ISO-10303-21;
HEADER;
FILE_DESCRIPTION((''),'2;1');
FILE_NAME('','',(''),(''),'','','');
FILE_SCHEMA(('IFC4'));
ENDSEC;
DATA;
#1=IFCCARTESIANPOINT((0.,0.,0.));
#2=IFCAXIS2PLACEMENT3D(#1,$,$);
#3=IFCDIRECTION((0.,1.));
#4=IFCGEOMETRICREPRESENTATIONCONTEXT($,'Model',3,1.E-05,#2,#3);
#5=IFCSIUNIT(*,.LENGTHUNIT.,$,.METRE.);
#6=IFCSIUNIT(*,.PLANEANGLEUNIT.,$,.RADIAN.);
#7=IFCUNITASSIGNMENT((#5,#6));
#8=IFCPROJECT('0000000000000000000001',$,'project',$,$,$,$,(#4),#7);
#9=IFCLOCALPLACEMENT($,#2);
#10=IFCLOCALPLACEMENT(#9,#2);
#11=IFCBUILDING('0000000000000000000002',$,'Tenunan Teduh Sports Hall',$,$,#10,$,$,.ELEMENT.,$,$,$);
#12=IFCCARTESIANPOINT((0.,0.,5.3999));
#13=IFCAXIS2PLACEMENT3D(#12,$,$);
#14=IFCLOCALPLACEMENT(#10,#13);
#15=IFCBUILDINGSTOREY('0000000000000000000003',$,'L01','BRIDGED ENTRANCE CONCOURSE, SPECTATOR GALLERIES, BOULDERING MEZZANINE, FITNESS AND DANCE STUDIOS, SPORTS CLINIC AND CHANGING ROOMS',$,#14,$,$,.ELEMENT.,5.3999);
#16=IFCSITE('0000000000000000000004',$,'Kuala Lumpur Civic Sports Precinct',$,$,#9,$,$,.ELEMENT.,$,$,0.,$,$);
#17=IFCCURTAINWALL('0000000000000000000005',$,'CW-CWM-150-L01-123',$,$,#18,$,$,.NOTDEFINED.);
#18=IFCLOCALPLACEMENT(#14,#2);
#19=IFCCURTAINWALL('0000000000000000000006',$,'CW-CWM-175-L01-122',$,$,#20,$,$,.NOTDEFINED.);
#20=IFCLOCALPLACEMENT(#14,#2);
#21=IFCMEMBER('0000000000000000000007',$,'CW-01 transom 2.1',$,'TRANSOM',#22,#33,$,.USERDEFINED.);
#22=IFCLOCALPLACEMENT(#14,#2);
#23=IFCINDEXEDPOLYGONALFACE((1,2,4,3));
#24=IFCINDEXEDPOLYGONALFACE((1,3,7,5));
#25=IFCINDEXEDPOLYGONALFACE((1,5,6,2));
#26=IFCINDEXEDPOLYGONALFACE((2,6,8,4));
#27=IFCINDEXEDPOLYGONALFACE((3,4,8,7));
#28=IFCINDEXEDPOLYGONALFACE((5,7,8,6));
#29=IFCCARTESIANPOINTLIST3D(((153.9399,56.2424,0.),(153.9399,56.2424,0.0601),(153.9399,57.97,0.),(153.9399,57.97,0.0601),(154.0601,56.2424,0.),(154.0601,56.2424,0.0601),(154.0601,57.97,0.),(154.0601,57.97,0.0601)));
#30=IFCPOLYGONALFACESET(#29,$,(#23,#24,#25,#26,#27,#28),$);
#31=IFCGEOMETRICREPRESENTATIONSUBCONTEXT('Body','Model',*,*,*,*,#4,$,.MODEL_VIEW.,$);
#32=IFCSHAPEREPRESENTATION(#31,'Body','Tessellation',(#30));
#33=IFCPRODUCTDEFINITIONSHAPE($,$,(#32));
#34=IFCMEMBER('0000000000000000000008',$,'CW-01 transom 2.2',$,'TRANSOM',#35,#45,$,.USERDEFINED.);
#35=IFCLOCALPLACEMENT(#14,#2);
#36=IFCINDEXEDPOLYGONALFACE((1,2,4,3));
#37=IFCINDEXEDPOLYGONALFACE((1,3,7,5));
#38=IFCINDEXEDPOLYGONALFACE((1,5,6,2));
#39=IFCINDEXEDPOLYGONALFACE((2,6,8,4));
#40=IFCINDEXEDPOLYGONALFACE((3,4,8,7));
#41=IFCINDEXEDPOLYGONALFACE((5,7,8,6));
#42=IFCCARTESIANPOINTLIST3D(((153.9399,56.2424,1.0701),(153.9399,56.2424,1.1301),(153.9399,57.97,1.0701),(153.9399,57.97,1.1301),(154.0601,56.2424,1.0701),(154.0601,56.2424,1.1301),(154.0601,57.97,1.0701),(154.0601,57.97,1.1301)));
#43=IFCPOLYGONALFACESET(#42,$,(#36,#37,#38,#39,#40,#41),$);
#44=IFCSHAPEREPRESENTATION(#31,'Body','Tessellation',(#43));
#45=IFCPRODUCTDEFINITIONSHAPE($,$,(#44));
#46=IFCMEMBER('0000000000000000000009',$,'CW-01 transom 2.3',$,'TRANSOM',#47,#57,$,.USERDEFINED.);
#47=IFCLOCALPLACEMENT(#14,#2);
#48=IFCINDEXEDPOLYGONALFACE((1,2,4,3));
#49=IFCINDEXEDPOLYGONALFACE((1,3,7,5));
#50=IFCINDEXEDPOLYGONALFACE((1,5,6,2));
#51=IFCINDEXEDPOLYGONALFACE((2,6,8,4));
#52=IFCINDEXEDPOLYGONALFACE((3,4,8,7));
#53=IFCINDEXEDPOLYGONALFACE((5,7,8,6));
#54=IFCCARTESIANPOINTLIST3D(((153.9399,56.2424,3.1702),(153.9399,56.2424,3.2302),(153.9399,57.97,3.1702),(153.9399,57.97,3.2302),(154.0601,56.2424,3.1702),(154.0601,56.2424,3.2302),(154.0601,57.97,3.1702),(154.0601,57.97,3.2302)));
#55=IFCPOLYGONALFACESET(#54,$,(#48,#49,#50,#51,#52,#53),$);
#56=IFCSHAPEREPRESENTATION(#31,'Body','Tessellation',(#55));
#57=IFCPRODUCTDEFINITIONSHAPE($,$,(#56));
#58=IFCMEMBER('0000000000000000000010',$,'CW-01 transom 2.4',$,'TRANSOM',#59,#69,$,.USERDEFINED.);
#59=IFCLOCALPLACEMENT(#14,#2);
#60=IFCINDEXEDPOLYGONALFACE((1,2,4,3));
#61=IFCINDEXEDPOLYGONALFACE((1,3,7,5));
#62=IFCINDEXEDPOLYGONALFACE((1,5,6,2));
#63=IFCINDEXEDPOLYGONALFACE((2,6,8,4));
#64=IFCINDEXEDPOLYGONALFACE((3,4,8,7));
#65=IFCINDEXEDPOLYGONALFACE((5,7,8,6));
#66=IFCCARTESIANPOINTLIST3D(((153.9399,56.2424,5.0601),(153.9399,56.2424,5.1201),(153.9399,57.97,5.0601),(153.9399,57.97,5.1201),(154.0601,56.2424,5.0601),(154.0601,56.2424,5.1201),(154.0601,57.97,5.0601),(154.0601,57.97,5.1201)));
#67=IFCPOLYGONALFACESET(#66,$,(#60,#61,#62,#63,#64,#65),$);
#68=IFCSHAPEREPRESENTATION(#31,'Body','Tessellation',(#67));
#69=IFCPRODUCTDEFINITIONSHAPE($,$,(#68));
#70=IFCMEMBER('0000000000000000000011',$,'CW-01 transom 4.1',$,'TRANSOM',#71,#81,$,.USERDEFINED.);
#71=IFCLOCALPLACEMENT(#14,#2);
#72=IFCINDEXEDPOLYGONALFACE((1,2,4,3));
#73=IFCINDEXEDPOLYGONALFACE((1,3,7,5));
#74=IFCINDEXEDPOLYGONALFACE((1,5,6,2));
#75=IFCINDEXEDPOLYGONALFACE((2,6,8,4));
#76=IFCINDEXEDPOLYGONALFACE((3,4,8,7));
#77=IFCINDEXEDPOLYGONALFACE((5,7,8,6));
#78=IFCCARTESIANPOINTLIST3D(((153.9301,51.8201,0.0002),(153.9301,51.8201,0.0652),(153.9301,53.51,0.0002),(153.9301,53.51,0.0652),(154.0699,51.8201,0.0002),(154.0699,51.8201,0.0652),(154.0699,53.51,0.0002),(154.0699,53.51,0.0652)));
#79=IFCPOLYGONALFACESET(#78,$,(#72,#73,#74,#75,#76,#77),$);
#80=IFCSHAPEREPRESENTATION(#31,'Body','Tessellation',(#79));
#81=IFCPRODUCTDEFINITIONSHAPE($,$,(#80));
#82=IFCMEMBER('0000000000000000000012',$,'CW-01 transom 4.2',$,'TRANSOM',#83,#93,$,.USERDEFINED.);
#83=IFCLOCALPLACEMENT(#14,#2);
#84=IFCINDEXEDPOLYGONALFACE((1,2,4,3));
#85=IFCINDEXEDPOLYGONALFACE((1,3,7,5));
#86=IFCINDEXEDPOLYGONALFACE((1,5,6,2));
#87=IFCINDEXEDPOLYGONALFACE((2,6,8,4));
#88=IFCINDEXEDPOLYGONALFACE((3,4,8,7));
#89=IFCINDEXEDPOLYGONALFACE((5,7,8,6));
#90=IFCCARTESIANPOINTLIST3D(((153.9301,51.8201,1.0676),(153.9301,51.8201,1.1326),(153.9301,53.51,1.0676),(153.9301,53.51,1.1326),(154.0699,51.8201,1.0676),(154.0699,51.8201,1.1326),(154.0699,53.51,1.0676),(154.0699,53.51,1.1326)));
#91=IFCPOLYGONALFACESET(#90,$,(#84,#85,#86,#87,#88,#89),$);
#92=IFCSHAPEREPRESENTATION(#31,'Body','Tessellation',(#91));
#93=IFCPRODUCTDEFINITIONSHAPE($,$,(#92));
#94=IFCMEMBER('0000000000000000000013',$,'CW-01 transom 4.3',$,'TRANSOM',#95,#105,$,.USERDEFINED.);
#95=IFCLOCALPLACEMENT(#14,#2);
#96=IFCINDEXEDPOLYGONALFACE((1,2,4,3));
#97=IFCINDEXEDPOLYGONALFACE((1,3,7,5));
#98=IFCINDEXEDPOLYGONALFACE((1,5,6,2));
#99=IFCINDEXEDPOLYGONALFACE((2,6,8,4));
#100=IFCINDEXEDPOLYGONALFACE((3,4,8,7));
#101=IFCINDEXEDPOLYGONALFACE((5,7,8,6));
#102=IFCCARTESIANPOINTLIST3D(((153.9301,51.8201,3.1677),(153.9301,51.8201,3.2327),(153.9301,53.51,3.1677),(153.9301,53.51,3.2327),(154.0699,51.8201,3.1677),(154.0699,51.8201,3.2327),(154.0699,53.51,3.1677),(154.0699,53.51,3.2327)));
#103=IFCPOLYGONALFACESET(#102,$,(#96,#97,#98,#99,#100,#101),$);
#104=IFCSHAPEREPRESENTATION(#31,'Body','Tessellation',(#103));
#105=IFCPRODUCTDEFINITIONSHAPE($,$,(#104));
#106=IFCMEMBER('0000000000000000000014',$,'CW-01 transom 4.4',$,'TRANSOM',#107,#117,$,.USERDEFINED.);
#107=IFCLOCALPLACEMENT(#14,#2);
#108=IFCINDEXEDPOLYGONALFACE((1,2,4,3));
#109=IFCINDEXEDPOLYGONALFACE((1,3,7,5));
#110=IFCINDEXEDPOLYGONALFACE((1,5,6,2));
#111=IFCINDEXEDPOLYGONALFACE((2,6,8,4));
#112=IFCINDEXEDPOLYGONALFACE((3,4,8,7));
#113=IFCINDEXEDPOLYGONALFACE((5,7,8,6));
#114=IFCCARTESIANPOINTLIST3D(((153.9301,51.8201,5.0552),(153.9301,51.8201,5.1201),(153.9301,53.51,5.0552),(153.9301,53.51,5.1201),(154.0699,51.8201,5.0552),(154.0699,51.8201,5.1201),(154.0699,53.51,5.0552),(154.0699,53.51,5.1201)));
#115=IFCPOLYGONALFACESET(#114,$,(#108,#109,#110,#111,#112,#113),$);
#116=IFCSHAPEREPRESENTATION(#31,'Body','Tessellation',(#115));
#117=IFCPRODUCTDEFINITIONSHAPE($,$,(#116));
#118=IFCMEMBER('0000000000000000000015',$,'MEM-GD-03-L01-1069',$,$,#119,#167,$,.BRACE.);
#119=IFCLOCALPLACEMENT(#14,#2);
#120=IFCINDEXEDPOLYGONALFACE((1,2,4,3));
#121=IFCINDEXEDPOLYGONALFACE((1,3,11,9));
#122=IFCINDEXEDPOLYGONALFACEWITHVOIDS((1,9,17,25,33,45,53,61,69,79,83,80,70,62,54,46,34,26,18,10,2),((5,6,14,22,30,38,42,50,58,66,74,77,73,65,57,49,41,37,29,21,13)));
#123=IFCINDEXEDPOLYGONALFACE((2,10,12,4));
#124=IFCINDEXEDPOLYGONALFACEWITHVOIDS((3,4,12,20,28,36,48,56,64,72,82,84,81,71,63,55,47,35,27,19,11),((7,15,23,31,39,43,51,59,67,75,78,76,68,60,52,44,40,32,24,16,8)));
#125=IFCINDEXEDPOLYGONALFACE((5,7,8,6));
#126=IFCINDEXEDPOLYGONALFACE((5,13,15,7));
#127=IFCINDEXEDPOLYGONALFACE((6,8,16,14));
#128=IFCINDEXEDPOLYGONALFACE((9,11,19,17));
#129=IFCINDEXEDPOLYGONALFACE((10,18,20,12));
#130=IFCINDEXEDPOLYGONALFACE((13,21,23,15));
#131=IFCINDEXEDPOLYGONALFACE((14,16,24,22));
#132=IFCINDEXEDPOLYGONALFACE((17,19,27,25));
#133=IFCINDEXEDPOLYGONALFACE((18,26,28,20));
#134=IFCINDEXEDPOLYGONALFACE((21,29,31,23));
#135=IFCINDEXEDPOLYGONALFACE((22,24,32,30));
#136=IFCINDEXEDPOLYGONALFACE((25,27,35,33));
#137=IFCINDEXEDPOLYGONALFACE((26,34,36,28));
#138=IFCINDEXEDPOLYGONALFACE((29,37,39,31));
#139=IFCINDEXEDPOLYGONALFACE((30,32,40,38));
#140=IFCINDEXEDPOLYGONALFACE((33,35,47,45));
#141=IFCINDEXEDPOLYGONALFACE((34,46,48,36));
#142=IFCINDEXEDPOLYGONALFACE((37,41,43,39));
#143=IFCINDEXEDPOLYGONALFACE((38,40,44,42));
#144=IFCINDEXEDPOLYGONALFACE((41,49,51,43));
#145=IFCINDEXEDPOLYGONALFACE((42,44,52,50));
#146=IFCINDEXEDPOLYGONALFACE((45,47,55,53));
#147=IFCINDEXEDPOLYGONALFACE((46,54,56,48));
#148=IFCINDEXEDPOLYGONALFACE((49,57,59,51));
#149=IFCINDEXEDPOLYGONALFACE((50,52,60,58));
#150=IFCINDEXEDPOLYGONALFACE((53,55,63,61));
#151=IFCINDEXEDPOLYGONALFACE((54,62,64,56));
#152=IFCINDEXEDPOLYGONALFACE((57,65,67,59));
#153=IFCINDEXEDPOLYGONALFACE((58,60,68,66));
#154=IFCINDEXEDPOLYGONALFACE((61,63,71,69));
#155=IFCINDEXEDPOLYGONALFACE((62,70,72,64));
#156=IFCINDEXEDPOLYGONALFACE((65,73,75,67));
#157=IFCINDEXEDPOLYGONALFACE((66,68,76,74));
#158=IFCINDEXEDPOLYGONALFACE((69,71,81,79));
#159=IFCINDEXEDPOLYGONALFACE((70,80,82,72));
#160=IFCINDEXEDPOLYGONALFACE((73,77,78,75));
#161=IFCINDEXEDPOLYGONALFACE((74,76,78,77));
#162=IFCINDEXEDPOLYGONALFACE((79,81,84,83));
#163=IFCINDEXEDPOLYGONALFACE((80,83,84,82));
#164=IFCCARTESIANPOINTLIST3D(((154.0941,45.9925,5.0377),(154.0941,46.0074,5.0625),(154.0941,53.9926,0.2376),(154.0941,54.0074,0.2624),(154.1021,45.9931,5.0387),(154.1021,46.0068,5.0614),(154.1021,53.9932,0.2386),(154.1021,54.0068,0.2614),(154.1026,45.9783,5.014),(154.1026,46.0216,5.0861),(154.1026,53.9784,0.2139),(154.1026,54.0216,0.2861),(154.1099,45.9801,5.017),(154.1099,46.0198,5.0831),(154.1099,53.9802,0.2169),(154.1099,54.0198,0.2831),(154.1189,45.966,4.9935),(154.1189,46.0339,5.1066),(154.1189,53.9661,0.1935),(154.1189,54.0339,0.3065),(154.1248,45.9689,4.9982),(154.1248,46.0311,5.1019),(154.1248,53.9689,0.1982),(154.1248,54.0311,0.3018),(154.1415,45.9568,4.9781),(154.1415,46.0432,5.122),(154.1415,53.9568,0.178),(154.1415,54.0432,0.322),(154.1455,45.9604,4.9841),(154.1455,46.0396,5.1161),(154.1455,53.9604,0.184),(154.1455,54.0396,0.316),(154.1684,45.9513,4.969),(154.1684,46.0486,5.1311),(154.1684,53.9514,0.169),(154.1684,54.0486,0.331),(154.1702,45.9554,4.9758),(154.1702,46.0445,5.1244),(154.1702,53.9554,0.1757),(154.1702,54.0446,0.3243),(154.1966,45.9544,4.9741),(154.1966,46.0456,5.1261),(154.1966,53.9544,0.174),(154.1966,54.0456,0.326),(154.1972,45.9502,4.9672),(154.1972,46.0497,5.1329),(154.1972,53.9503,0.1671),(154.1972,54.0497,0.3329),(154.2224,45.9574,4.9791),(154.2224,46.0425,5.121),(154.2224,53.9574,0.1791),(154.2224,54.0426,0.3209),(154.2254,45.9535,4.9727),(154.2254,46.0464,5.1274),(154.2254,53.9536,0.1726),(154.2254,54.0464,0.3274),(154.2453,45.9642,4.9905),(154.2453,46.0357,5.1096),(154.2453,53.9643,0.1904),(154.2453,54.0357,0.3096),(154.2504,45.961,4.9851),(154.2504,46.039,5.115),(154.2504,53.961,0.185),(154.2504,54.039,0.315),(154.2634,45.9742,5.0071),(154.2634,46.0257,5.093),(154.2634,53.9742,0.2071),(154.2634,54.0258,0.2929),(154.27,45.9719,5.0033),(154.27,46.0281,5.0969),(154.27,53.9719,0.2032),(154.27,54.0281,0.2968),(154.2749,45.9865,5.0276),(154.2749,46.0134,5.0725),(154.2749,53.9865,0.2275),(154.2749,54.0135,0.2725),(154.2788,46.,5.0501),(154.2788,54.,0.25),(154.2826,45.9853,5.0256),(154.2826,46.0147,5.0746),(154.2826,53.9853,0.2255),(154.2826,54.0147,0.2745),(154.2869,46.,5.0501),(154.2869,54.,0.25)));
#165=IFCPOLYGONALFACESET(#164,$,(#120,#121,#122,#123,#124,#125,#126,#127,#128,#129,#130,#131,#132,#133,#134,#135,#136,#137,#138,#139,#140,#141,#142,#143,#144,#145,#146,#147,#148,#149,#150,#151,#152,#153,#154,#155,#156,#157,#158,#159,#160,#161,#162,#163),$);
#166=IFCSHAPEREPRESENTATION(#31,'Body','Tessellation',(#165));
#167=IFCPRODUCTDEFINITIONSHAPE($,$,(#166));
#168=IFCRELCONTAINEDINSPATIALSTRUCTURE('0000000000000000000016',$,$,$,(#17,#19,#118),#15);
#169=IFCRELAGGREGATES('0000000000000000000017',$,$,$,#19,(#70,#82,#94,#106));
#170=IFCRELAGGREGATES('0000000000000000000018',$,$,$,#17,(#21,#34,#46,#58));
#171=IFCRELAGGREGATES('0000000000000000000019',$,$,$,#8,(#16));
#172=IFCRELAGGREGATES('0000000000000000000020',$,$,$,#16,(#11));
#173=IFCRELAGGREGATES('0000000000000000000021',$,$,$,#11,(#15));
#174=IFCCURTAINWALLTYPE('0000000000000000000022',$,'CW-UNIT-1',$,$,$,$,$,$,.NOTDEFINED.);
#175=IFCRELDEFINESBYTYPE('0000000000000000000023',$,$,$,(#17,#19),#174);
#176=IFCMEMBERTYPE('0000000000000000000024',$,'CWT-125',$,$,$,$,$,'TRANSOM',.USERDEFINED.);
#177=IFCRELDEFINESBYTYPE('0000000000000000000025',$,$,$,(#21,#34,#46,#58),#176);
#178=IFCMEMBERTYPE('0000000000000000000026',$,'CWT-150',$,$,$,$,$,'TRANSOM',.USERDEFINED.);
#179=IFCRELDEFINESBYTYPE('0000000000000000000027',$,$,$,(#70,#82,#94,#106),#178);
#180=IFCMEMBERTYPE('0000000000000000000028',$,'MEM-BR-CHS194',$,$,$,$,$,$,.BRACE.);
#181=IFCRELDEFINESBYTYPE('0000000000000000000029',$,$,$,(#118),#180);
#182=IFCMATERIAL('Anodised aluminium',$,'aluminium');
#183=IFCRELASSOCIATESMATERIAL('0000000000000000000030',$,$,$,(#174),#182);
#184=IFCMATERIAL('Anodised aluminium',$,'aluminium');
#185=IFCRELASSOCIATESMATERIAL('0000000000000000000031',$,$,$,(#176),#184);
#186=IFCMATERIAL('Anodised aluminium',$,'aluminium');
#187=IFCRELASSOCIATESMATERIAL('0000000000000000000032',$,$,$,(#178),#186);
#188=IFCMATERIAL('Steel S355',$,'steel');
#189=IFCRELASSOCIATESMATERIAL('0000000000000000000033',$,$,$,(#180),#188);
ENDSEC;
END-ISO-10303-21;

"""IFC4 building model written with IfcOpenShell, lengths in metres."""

from ifc_helpers import new_model, si_unit, direction, frame, origin, origin_2d, place, context, subcontext, project, spatial, rectangle, hollow_circle, extrude, material, material_profile, profile_set, type_object, element, aggregate, save


model = new_model("IFC4")

# Units and contexts
model_context = context("Model", 3, precision=1e-05, world=origin(), true_north=direction((0.0, 1.0)))
body_context = subcontext(model_context, "Body", "Model", "MODEL_VIEW")
ifc_project = project(units=[si_unit("LENGTHUNIT", "METRE"), si_unit("PLANEANGLEUNIT", "RADIAN")], contexts=[model_context])

# Site, building, storey
site_placement = place(None, origin())
site = spatial("IfcSite", under=ifc_project, at=site_placement, Name="Kuala Lumpur Civic Sports Precinct", CompositionType="ELEMENT", RefElevation=0.0)
building_placement = place(site_placement, origin())
building = spatial("IfcBuilding", under=site, at=building_placement, Name="Tenunan Teduh Sports Hall", CompositionType="ELEMENT")
storey_placement = place(building_placement, frame((0.0, 0.0, 5.3999)))
storey = spatial("IfcBuildingStorey", under=building, at=storey_placement, Name="L01", Description="BRIDGED ENTRANCE CONCOURSE, SPECTATOR GALLERIES, BOULDERING MEZZANINE, FITNESS AND DANCE STUDIOS, SPORTS CLINIC AND CHANGING ROOMS", CompositionType="ELEMENT", Elevation=5.3999)

# Curtain walls
ifc_material_1 = material(Name="Anodised aluminium", Category="aluminium")
curtain_wall_type = type_object("IfcCurtainWallType", Name="CW-UNIT-1", PredefinedType="NOTDEFINED", material=ifc_material_1)
curtain_wall_1_placement = place(storey_placement, origin())
curtain_wall_1 = element("IfcCurtainWall", 1, at=curtain_wall_1_placement, inside=storey, type_object=curtain_wall_type, Name="CW-CWM-150-L01-123", PredefinedType="NOTDEFINED")
curtain_wall_2_placement = place(storey_placement, origin())
curtain_wall_2 = element("IfcCurtainWall", 2, at=curtain_wall_2_placement, inside=storey, type_object=curtain_wall_type, Name="CW-CWM-175-L01-122", PredefinedType="NOTDEFINED")

# Members
ifc_material_2 = material(Name="Anodised aluminium", Category="aluminium")
ifc_material_profile_1 = material_profile(ifc_material_2, rectangle(XDim=0.0601, YDim=0.1201, at=origin_2d()), Name="CWT 60x120")
ifc_profile_set_1 = profile_set([ifc_material_profile_1], Name="Anodised aluminium")
member_type_1 = type_object("IfcMemberType", Name="CWT-125", ElementType="TRANSOM", PredefinedType="USERDEFINED", material=ifc_profile_set_1)
member_1_placement = place(storey_placement, frame((154.0, 56.2424, 0.03), z_axis=(0.0, 1.0, 0.0), x_axis=(0.0, 0.0, 1.0)))
member_1 = element("IfcMember", 3, at=member_1_placement, type_object=member_type_1, Name="CW-01 transom 2.1", ObjectType="TRANSOM", PredefinedType="USERDEFINED", context=body_context, shape_type="SweptSolid", body=[
    extrude(rectangle(XDim=0.0601, YDim=0.1201, at=origin_2d()), origin(), (0.0, 0.0, 1.0), 1.7275),
])
member_2_placement = place(storey_placement, frame((154.0, 56.2424, 1.1001), z_axis=(0.0, 1.0, 0.0), x_axis=(0.0, 0.0, 1.0)))
member_2 = element("IfcMember", 4, at=member_2_placement, type_object=member_type_1, Name="CW-01 transom 2.2", ObjectType="TRANSOM", PredefinedType="USERDEFINED", context=body_context, shape_type="SweptSolid", body=[
    extrude(rectangle(XDim=0.0601, YDim=0.1201, at=origin_2d()), origin(), (0.0, 0.0, 1.0), 1.7275),
])
member_3_placement = place(storey_placement, frame((154.0, 56.2424, 3.2002), z_axis=(0.0, 1.0, 0.0), x_axis=(0.0, 0.0, 1.0)))
member_3 = element("IfcMember", 5, at=member_3_placement, type_object=member_type_1, Name="CW-01 transom 2.3", ObjectType="TRANSOM", PredefinedType="USERDEFINED", context=body_context, shape_type="SweptSolid", body=[
    extrude(rectangle(XDim=0.0601, YDim=0.1201, at=origin_2d()), origin(), (0.0, 0.0, 1.0), 1.7275),
])
member_4_placement = place(storey_placement, frame((154.0, 56.2424, 5.0901), z_axis=(0.0, 1.0, 0.0), x_axis=(0.0, 0.0, 1.0)))
member_4 = element("IfcMember", 6, at=member_4_placement, type_object=member_type_1, Name="CW-01 transom 2.4", ObjectType="TRANSOM", PredefinedType="USERDEFINED", context=body_context, shape_type="SweptSolid", body=[
    extrude(rectangle(XDim=0.0601, YDim=0.1201, at=origin_2d()), origin(), (0.0, 0.0, 1.0), 1.7275),
])
ifc_material_3 = material(Name="Anodised aluminium", Category="aluminium")
ifc_material_profile_2 = material_profile(ifc_material_3, rectangle(XDim=0.0649, YDim=0.1399, at=origin_2d()), Name="CWT 65x140")
ifc_profile_set_2 = profile_set([ifc_material_profile_2], Name="Anodised aluminium")
member_type_2 = type_object("IfcMemberType", Name="CWT-150", ElementType="TRANSOM", PredefinedType="USERDEFINED", material=ifc_profile_set_2)
member_5_placement = place(storey_placement, frame((154.0, 51.8201, 0.0327), z_axis=(0.0, 1.0, 0.0), x_axis=(0.0, 0.0, 1.0)))
member_5 = element("IfcMember", 7, at=member_5_placement, type_object=member_type_2, Name="CW-01 transom 4.1", ObjectType="TRANSOM", PredefinedType="USERDEFINED", context=body_context, shape_type="SweptSolid", body=[
    extrude(rectangle(XDim=0.0649, YDim=0.1399, at=origin_2d()), origin(), (0.0, 0.0, 1.0), 1.6899),
])
member_6_placement = place(storey_placement, frame((154.0, 51.8201, 1.1001), z_axis=(0.0, 1.0, 0.0), x_axis=(0.0, 0.0, 1.0)))
member_6 = element("IfcMember", 8, at=member_6_placement, type_object=member_type_2, Name="CW-01 transom 4.2", ObjectType="TRANSOM", PredefinedType="USERDEFINED", context=body_context, shape_type="SweptSolid", body=[
    extrude(rectangle(XDim=0.0649, YDim=0.1399, at=origin_2d()), origin(), (0.0, 0.0, 1.0), 1.6899),
])
member_7_placement = place(storey_placement, frame((154.0, 51.8201, 3.2002), z_axis=(0.0, 1.0, 0.0), x_axis=(0.0, 0.0, 1.0)))
member_7 = element("IfcMember", 9, at=member_7_placement, type_object=member_type_2, Name="CW-01 transom 4.3", ObjectType="TRANSOM", PredefinedType="USERDEFINED", context=body_context, shape_type="SweptSolid", body=[
    extrude(rectangle(XDim=0.0649, YDim=0.1399, at=origin_2d()), origin(), (0.0, 0.0, 1.0), 1.6899),
])
member_8_placement = place(storey_placement, frame((154.0, 51.8201, 5.0876), z_axis=(0.0, 1.0, 0.0), x_axis=(0.0, 0.0, 1.0)))
member_8 = element("IfcMember", 10, at=member_8_placement, type_object=member_type_2, Name="CW-01 transom 4.4", ObjectType="TRANSOM", PredefinedType="USERDEFINED", context=body_context, shape_type="SweptSolid", body=[
    extrude(rectangle(XDim=0.0649, YDim=0.1399, at=origin_2d()), origin(), (0.0, 0.0, 1.0), 1.6899),
])

# Member
ifc_material_4 = material(Name="Steel S355", Category="steel")
ifc_material_profile_3 = material_profile(ifc_material_4, hollow_circle(Radius=0.0969, WallThickness=0.0081, at=origin_2d()), Name="CHS 193.7x8.0")
ifc_profile_set_3 = profile_set([ifc_material_profile_3], Name="Steel S355")
member_type_3 = type_object("IfcMemberType", Name="MEM-BR-CHS194", PredefinedType="BRACE", material=ifc_profile_set_3)
member_9_placement = place(storey_placement, frame((154.1899, 54.0, 0.25), z_axis=(0.0, -0.857491, 0.5145), x_axis=(1.0, 0.0, 0.0)))
element("IfcMember", 11, at=member_9_placement, inside=storey, type_object=member_type_3, Name="MEM-GD-03-L01-1069", PredefinedType="BRACE", context=body_context, shape_type="SweptSolid", body=[
    extrude(hollow_circle(Radius=0.0969, WallThickness=0.0081, at=origin_2d()), origin(), (0.0, 0.0, 1.0), 9.3296),
])

aggregate(curtain_wall_2, [member_5, member_6, member_7, member_8])
aggregate(curtain_wall_1, [member_1, member_2, member_3, member_4])

save(model, "model.ifc")
